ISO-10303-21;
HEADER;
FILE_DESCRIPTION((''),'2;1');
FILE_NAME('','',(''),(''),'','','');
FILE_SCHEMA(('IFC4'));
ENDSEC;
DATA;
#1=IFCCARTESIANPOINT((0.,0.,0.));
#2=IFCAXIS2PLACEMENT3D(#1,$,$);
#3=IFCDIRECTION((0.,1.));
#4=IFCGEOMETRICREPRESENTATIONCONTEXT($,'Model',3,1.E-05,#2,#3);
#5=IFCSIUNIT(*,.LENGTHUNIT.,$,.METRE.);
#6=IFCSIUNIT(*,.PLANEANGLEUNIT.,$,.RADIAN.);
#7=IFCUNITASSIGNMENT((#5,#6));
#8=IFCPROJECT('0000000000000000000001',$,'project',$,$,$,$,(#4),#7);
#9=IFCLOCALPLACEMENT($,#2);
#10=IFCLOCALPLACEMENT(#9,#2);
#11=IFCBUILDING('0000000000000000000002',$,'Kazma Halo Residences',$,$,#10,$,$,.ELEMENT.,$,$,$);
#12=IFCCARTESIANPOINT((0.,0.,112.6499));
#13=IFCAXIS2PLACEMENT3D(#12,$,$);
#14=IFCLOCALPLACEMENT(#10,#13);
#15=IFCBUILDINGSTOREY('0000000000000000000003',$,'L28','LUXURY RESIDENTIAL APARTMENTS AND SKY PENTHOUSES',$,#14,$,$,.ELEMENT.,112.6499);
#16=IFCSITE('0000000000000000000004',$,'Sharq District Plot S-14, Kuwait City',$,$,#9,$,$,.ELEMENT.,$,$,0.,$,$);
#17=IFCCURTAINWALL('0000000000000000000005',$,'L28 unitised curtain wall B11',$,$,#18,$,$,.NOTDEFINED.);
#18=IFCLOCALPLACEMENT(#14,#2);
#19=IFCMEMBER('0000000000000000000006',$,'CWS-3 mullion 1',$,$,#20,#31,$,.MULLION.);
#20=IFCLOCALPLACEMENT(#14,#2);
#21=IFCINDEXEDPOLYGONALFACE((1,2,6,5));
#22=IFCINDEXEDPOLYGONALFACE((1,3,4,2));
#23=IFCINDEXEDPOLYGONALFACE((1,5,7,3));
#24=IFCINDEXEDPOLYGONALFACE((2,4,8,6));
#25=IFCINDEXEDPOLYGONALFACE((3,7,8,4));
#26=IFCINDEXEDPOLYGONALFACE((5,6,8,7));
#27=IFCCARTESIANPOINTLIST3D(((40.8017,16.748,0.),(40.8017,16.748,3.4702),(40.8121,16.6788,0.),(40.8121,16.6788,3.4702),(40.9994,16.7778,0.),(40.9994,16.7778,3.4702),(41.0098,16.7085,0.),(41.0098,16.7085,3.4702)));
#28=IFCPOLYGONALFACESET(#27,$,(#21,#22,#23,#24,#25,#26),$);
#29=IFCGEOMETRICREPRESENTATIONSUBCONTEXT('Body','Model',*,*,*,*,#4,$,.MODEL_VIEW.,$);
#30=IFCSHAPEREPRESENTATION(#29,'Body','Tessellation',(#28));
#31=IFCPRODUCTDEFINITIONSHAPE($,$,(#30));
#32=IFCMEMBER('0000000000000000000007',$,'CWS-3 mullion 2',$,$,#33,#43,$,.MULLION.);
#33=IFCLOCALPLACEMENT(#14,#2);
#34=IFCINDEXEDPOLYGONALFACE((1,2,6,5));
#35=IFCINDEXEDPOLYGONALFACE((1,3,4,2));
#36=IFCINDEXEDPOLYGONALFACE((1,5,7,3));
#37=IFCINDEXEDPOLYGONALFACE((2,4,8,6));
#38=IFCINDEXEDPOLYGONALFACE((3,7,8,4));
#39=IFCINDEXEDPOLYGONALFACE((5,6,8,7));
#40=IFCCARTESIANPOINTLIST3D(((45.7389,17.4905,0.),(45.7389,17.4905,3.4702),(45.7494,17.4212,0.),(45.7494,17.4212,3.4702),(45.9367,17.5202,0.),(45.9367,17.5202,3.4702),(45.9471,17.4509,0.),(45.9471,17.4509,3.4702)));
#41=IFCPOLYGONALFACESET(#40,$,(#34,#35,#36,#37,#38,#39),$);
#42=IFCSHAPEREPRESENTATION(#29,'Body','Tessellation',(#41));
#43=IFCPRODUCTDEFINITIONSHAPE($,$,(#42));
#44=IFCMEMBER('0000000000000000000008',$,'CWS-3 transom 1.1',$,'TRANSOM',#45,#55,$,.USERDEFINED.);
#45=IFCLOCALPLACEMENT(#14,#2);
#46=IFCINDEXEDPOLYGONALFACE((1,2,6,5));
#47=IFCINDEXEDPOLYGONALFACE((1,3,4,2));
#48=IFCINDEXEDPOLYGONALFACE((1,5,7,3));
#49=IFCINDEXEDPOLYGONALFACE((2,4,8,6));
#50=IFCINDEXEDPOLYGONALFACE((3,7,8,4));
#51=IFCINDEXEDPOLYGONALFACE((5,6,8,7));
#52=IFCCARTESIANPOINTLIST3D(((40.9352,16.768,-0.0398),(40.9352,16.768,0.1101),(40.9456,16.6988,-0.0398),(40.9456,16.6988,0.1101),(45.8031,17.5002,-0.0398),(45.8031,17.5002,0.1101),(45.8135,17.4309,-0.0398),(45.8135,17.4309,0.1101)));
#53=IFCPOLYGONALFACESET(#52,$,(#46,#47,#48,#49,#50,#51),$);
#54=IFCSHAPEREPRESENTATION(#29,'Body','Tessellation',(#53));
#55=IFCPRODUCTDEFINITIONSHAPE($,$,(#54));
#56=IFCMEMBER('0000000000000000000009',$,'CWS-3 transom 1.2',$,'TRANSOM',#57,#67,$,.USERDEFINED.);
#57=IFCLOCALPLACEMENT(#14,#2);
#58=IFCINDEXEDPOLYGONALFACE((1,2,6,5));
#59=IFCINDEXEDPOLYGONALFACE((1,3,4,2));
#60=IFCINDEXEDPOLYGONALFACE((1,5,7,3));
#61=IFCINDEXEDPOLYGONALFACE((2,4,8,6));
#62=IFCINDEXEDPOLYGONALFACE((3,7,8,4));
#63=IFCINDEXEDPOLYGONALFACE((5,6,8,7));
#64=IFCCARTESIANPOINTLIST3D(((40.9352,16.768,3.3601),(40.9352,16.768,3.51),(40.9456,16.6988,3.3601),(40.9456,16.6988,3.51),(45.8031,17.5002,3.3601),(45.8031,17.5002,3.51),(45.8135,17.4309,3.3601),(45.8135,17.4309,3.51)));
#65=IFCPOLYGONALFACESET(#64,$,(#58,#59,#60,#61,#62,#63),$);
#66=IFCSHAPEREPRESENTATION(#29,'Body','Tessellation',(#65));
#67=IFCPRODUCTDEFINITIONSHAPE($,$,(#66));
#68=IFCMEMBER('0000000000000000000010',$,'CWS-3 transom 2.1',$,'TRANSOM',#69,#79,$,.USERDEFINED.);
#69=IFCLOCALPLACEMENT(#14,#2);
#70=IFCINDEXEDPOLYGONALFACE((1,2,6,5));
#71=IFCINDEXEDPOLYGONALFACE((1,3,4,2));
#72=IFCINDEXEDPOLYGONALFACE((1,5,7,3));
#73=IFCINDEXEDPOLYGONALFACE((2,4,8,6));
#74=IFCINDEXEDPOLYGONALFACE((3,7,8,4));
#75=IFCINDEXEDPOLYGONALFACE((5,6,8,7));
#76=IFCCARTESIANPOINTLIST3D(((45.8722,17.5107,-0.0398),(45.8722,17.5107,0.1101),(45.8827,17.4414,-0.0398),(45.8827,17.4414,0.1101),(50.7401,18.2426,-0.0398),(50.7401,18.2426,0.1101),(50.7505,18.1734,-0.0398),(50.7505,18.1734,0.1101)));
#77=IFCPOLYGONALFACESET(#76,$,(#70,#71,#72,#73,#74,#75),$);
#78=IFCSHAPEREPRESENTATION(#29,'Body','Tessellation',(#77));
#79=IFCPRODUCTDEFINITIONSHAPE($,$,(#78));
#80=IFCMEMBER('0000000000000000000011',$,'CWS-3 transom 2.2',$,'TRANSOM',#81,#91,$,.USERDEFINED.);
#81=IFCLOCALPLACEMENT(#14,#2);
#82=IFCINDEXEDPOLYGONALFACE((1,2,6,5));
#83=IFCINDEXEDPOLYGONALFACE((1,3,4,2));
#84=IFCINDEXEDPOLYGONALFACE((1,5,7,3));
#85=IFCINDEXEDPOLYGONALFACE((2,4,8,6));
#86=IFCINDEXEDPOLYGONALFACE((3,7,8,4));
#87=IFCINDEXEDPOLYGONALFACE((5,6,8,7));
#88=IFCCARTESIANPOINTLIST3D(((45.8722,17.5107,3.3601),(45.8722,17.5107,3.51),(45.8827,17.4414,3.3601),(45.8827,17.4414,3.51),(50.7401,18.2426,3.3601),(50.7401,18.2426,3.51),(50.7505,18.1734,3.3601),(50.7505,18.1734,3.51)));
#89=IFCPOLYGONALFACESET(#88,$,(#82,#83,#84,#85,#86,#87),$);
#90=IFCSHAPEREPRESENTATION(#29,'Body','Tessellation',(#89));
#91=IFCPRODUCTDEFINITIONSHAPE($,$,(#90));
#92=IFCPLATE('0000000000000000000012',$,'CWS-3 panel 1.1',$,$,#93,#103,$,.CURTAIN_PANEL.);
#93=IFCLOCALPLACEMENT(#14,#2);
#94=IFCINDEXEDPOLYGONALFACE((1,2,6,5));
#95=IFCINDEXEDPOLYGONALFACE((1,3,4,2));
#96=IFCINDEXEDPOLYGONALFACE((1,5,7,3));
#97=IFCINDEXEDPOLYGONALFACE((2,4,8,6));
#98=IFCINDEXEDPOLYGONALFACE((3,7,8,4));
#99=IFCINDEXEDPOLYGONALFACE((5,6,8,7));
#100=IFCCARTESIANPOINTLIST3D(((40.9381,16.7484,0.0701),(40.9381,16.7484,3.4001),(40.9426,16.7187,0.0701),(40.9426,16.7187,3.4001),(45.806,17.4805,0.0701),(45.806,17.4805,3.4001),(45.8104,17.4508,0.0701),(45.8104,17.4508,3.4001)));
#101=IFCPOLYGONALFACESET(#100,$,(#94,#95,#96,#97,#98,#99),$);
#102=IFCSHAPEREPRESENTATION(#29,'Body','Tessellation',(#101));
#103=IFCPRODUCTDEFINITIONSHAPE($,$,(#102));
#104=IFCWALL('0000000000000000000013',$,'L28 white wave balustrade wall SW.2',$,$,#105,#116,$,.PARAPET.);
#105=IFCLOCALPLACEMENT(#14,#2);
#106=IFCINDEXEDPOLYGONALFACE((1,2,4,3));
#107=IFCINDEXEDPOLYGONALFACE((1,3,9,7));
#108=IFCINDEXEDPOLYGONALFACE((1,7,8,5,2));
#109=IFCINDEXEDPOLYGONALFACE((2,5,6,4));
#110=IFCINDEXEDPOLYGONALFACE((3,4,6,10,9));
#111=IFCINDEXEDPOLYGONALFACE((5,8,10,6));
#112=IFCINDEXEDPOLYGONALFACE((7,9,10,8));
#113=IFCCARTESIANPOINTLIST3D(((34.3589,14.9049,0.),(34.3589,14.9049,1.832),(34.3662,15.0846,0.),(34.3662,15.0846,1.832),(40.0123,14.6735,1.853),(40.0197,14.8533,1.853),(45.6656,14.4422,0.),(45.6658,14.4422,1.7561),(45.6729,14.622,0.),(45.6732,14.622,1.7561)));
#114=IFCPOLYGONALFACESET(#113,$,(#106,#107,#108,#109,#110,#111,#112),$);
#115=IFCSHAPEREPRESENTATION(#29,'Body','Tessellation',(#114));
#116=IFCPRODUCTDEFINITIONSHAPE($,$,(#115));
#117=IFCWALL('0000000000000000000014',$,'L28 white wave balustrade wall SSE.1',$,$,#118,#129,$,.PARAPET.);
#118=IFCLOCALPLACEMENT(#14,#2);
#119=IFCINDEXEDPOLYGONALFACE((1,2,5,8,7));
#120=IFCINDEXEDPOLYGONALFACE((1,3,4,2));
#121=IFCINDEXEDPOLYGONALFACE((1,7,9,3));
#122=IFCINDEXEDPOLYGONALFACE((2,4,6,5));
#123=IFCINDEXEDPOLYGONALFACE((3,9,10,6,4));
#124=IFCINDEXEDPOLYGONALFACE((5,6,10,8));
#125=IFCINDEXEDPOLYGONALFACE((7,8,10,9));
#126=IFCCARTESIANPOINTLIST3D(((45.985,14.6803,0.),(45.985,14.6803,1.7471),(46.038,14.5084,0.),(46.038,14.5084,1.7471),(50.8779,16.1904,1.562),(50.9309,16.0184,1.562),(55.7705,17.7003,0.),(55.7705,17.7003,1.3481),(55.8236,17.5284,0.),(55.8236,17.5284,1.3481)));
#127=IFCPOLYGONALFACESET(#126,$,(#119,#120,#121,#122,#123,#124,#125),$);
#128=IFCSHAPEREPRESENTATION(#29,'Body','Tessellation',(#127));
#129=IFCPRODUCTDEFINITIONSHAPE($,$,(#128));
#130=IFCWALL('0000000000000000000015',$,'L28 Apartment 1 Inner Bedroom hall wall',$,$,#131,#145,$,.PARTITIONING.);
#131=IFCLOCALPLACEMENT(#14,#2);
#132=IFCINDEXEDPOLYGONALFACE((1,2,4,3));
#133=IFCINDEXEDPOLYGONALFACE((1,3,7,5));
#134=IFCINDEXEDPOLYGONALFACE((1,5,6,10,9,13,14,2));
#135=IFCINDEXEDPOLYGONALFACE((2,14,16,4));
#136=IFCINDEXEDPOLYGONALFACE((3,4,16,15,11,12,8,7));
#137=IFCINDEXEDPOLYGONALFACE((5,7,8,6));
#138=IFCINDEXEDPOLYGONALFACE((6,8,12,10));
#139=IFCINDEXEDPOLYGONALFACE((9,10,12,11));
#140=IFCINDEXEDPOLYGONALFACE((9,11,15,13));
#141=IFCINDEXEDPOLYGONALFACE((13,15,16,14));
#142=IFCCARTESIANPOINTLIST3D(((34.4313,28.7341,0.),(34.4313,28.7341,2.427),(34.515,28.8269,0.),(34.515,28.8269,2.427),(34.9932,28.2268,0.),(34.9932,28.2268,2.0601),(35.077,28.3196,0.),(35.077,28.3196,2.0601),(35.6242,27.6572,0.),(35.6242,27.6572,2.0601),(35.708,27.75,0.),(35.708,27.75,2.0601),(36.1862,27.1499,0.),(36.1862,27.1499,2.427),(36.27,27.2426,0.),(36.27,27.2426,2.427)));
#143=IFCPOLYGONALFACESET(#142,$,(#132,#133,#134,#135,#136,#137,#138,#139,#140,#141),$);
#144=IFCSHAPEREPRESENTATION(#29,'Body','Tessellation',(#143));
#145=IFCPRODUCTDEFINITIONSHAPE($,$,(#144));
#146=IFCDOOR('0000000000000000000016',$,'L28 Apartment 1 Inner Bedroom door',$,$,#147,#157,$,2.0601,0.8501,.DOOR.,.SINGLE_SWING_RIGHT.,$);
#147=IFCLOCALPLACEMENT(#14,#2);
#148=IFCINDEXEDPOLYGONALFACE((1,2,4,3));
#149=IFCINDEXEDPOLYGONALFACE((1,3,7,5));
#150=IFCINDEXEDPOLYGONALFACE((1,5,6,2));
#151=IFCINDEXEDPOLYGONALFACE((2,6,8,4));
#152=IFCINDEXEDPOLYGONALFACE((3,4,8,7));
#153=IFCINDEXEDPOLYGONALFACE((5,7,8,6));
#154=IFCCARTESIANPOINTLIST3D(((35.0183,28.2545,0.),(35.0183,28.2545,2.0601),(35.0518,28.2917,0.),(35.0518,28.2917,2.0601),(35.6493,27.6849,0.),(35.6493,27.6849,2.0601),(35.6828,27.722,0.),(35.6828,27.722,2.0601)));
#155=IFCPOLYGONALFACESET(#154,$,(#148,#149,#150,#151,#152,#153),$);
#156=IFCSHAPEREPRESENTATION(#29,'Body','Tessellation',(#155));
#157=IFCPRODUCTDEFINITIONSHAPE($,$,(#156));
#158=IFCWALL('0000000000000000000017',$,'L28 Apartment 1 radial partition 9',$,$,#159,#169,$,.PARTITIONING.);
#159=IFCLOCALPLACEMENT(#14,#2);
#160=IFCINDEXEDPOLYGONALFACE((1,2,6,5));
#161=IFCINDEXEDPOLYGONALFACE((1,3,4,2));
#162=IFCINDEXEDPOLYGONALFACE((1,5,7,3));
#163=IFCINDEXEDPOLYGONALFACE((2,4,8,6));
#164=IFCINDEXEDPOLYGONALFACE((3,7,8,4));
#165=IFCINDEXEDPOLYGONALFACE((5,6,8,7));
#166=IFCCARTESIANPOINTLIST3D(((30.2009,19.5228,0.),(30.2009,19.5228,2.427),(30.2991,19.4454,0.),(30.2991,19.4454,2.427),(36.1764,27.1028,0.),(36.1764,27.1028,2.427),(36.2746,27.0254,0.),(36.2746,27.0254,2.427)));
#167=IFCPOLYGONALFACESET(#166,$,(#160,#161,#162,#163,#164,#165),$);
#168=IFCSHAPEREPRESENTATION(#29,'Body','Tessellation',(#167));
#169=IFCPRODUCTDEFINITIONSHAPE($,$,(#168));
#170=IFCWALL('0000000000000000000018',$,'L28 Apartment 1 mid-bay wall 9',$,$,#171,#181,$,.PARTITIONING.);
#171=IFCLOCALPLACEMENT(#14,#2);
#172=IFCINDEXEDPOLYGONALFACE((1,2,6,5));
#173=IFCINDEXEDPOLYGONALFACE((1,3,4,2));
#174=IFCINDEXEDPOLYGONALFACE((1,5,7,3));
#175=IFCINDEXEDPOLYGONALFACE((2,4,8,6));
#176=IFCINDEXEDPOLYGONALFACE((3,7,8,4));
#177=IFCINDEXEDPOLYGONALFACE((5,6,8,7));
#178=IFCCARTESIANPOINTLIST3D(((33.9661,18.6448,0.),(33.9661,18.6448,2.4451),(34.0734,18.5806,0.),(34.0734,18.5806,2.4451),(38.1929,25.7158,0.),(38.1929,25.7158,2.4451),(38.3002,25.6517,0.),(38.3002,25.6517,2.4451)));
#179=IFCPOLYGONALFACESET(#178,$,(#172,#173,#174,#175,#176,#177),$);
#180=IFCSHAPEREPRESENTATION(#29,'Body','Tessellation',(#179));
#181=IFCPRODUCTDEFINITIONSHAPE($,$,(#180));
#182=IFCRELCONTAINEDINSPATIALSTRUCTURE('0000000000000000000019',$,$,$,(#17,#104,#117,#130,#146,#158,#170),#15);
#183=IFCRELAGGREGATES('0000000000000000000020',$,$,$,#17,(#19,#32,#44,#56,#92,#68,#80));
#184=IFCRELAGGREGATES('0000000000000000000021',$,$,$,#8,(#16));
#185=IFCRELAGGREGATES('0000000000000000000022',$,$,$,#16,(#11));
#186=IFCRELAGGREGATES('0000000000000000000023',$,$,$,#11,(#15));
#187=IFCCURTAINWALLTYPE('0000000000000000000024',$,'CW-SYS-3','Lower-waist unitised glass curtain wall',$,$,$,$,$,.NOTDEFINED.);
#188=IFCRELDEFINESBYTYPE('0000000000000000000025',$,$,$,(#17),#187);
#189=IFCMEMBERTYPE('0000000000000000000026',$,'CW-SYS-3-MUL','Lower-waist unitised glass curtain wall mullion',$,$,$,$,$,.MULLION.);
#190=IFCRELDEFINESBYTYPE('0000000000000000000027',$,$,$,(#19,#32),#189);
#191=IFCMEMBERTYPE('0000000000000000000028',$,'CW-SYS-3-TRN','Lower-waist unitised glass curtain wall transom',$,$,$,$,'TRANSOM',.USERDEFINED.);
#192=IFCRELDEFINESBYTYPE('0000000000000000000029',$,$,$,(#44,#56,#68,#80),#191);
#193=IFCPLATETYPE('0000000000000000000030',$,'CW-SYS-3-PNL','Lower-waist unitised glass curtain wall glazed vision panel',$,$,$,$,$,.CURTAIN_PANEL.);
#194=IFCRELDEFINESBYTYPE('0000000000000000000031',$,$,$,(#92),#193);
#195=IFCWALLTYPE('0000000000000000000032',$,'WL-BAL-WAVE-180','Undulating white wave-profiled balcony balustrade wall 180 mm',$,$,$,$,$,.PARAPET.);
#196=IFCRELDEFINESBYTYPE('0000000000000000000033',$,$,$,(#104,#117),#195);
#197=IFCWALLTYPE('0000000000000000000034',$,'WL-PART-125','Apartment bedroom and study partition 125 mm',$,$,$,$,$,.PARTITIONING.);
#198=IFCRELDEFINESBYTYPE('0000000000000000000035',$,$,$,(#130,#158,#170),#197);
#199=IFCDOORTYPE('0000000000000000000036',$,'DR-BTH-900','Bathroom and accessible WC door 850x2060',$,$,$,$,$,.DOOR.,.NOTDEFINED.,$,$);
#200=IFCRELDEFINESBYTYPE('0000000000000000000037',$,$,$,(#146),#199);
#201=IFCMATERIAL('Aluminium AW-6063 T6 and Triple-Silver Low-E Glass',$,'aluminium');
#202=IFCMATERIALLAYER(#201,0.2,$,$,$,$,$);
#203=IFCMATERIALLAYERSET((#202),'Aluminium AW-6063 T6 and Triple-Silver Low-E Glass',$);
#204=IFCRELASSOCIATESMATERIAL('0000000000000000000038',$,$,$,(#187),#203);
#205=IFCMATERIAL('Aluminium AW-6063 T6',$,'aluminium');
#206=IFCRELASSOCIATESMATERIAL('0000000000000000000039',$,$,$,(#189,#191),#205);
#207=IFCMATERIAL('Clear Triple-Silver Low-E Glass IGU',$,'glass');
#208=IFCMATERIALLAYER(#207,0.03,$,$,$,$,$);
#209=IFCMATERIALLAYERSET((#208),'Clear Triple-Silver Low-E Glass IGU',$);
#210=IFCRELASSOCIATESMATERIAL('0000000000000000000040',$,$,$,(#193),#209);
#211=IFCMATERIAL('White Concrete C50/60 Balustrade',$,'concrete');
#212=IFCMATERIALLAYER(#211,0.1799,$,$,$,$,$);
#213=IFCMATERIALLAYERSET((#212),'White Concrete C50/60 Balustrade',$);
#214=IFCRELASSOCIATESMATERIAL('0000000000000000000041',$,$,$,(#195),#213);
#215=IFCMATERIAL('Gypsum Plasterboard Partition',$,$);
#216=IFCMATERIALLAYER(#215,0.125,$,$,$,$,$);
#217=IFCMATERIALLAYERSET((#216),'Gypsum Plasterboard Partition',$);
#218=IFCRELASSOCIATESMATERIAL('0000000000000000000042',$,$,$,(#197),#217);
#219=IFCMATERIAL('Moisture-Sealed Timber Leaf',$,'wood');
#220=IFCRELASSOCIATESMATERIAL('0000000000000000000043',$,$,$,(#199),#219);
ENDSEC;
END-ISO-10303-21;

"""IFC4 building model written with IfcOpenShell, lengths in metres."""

from ifc_helpers import new_model, si_unit, direction, frame, frame_2d, origin, origin_2d, place, context, subcontext, project, spatial, polyline, rectangle, outline, extrude, material, layer, layer_set, material_profile, profile_set, type_object, element, fill, aggregate, save


model = new_model("IFC4")

# Units and contexts
model_context = context("Model", 3, precision=1e-05, world=origin(), true_north=direction((0.0, 1.0)))
body_context = subcontext(model_context, "Body", "Model", "MODEL_VIEW")
ifc_project = project(units=[si_unit("LENGTHUNIT", "METRE"), si_unit("PLANEANGLEUNIT", "RADIAN")], contexts=[model_context])

# Site, building, storey
site_placement = place(None, origin())
site = spatial("IfcSite", under=ifc_project, at=site_placement, Name="Sharq District Plot S-14, Kuwait City", CompositionType="ELEMENT", RefElevation=0.0)
building_placement = place(site_placement, origin())
building = spatial("IfcBuilding", under=site, at=building_placement, Name="Kazma Halo Residences", CompositionType="ELEMENT")
storey_placement = place(building_placement, frame((0.0, 0.0, 112.6499)))
storey = spatial("IfcBuildingStorey", under=building, at=storey_placement, Name="L28", Description="LUXURY RESIDENTIAL APARTMENTS AND SKY PENTHOUSES", CompositionType="ELEMENT", Elevation=112.6499)

# Curtain wall, members, plate
ifc_material_1 = material(Name="Aluminium AW-6063 T6 and Triple-Silver Low-E Glass", Category="aluminium")
ifc_layer_1 = layer(ifc_material_1, 0.2)
ifc_layer_set_1 = layer_set([ifc_layer_1], Name="Aluminium AW-6063 T6 and Triple-Silver Low-E Glass")
curtain_wall_type = type_object("IfcCurtainWallType", Name="CW-SYS-3", Description="Lower-waist unitised glass curtain wall", PredefinedType="NOTDEFINED", material=ifc_layer_set_1)
curtain_wall_placement = place(storey_placement, origin())
curtain_wall = element("IfcCurtainWall", 1, at=curtain_wall_placement, inside=storey, type_object=curtain_wall_type, Name="L28 unitised curtain wall B11", PredefinedType="NOTDEFINED")
ifc_material_2 = material(Name="Aluminium AW-6063 T6", Category="aluminium")
ifc_material_profile_1 = material_profile(ifc_material_2, rectangle(XDim=0.0701, YDim=0.2, at=origin_2d()), Name="CWM-70x200")
ifc_profile_set_1 = profile_set([ifc_material_profile_1], Name="Aluminium AW-6063 T6")
member_type_1 = type_object("IfcMemberType", Name="CW-SYS-3-MUL", Description="Lower-waist unitised glass curtain wall mullion", PredefinedType="MULLION", material=ifc_profile_set_1)
member_1_placement = place(storey_placement, frame((40.9058, 16.7283, 0.0), z_axis=(0.0, 0.0, 1.0), x_axis=(-0.148717, 0.98888, 0.0)))
member_1 = element("IfcMember", 2, at=member_1_placement, type_object=member_type_1, Name="CWS-3 mullion 1", PredefinedType="MULLION", context=body_context, shape_type="SweptSolid", body=[
    extrude(rectangle(XDim=0.0701, YDim=0.2, at=origin_2d()), origin(), (0.0, 0.0, 1.0), 3.4702),
])
member_2_placement = place(storey_placement, frame((45.843, 17.4707, 0.0), z_axis=(0.0, 0.0, 1.0), x_axis=(-0.148717, 0.98888, 0.0)))
member_2 = element("IfcMember", 3, at=member_2_placement, type_object=member_type_1, Name="CWS-3 mullion 2", PredefinedType="MULLION", context=body_context, shape_type="SweptSolid", body=[
    extrude(rectangle(XDim=0.0701, YDim=0.2, at=origin_2d()), origin(), (0.0, 0.0, 1.0), 3.4702),
])
ifc_material_profile_2 = material_profile(ifc_material_2, rectangle(XDim=0.0701, YDim=0.1499, at=origin_2d()), Name="CWT-70x150")
ifc_profile_set_2 = profile_set([ifc_material_profile_2], Name="Aluminium AW-6063 T6")
member_type_2 = type_object("IfcMemberType", Name="CW-SYS-3-TRN", Description="Lower-waist unitised glass curtain wall transom", ElementType="TRANSOM", PredefinedType="USERDEFINED", material=ifc_profile_set_2)
member_3_placement = place(storey_placement, frame((40.9404, 16.7334, 0.0352), z_axis=(0.988877, 0.148736, 0.0), x_axis=(-0.148736, 0.988877, 0.0)))
member_3 = element("IfcMember", 4, at=member_3_placement, type_object=member_type_2, Name="CWS-3 transom 1.1", ObjectType="TRANSOM", PredefinedType="USERDEFINED", context=body_context, shape_type="SweptSolid", body=[
    extrude(rectangle(XDim=0.0701, YDim=0.1499, at=origin_2d()), origin(), (0.0, 0.0, 1.0), 4.9226),
])
member_4_placement = place(storey_placement, frame((40.9404, 16.7334, 3.4351), z_axis=(0.988877, 0.148736, 0.0), x_axis=(-0.148736, 0.988877, 0.0)))
member_4 = element("IfcMember", 5, at=member_4_placement, type_object=member_type_2, Name="CWS-3 transom 1.2", ObjectType="TRANSOM", PredefinedType="USERDEFINED", context=body_context, shape_type="SweptSolid", body=[
    extrude(rectangle(XDim=0.0701, YDim=0.1499, at=origin_2d()), origin(), (0.0, 0.0, 1.0), 4.9226),
])
member_5_placement = place(storey_placement, frame((45.8774, 17.4761, 0.0352), z_axis=(0.988884, 0.148687, 0.0), x_axis=(-0.148687, 0.988884, 0.0)))
member_5 = element("IfcMember", 6, at=member_5_placement, type_object=member_type_2, Name="CWS-3 transom 2.1", ObjectType="TRANSOM", PredefinedType="USERDEFINED", context=body_context, shape_type="SweptSolid", body=[
    extrude(rectangle(XDim=0.0701, YDim=0.1499, at=origin_2d()), origin(), (0.0, 0.0, 1.0), 4.9226),
])
member_6_placement = place(storey_placement, frame((45.8774, 17.4761, 3.4351), z_axis=(0.988884, 0.148687, 0.0), x_axis=(-0.148687, 0.988884, 0.0)))
member_6 = element("IfcMember", 7, at=member_6_placement, type_object=member_type_2, Name="CWS-3 transom 2.2", ObjectType="TRANSOM", PredefinedType="USERDEFINED", context=body_context, shape_type="SweptSolid", body=[
    extrude(rectangle(XDim=0.0701, YDim=0.1499, at=origin_2d()), origin(), (0.0, 0.0, 1.0), 4.9226),
])
ifc_material_3 = material(Name="Clear Triple-Silver Low-E Glass IGU", Category="glass")
ifc_layer_2 = layer(ifc_material_3, 0.03)
ifc_layer_set_2 = layer_set([ifc_layer_2], Name="Clear Triple-Silver Low-E Glass IGU")
plate_type = type_object("IfcPlateType", Name="CW-SYS-3-PNL", Description="Lower-waist unitised glass curtain wall glazed vision panel", PredefinedType="CURTAIN_PANEL", material=ifc_layer_set_2)
plate_placement = place(storey_placement, frame((43.3743, 17.0996, 0.0701), z_axis=(0.0, 0.0, 1.0), x_axis=(0.98888, 0.148717, 0.0)))
plate = element("IfcPlate", 8, at=plate_placement, type_object=plate_type, Name="CWS-3 panel 1.1", PredefinedType="CURTAIN_PANEL", context=body_context, shape_type="SweptSolid", body=[
    extrude(rectangle(XDim=4.9226, YDim=0.03, at=origin_2d()), origin(), (0.0, 0.0, 1.0), 3.3301),
])
aggregate(curtain_wall, [member_1, member_2, member_3, member_4, plate, member_5, member_6])

# Walls
ifc_material_4 = material(Name="White Concrete C50/60 Balustrade", Category="concrete")
ifc_layer_3 = layer(ifc_material_4, 0.1799)
ifc_layer_set_3 = layer_set([ifc_layer_3], Name="White Concrete C50/60 Balustrade")
wall_type_1 = type_object("IfcWallType", Name="WL-BAL-WAVE-180", Description="Undulating white wave-profiled balcony balustrade wall 180 mm", PredefinedType="PARAPET", material=ifc_layer_set_3)
wall_1_placement = place(storey_placement, frame((34.3625, 14.9949, 0.0), z_axis=(0.0, 0.0, 1.0), x_axis=(0.999164, -0.040884, 0.0)))
element("IfcWall", 9, at=wall_1_placement, inside=storey, type_object=wall_type_1, Name="L28 white wave balustrade wall SW.2", PredefinedType="PARAPET", context=body_context, shape_type="SweptSolid", body=[
    extrude(outline(polyline([(0.0, 0.0), (11.3162, 0.0), (11.3164, 1.7561), (5.6582, 1.853), (0.0, 1.832), (0.0, 0.0)])), frame((0.0, 0.0898, 0.0), z_axis=(0.0, -1.0, 0.0), x_axis=(1.0, 0.0, 0.0)), (0.0, 0.0, 1.0), 0.1799),
])
wall_2_placement = place(storey_placement, frame((46.0115, 14.5945, 0.0), z_axis=(0.0, 0.0, 1.0), x_axis=(0.95553, 0.294893, 0.0)))
element("IfcWall", 10, at=wall_2_placement, inside=storey, type_object=wall_type_1, Name="L28 white wave balustrade wall SSE.1", PredefinedType="PARAPET", context=body_context, shape_type="SweptSolid", body=[
    extrude(outline(polyline([(0.0, 0.0), (10.241, 0.0), (10.241, 1.3481), (5.1206, 1.562), (0.0, 1.7471), (0.0, 0.0)])), frame((0.0, 0.0898, 0.0), z_axis=(0.0, -1.0, 0.0), x_axis=(1.0, 0.0, 0.0)), (0.0, 0.0, 1.0), 0.1799),
])

# Wall, opening, door
ifc_material_5 = material(Name="Gypsum Plasterboard Partition")
ifc_layer_4 = layer(ifc_material_5, 0.125)
ifc_layer_set_4 = layer_set([ifc_layer_4], Name="Gypsum Plasterboard Partition")
wall_type_2 = type_object("IfcWallType", Name="WL-PART-125", Description="Apartment bedroom and study partition 125 mm", PredefinedType="PARTITIONING", material=ifc_layer_set_4)
wall_3_placement = place(storey_placement, frame((34.4731, 28.7805, 0.0), z_axis=(0.0, 0.0, 1.0), x_axis=(0.742277, -0.670094, 0.0)))
wall_3 = element("IfcWall", 11, at=wall_3_placement, inside=storey, type_object=wall_type_2, Name="L28 Apartment 1 Inner Bedroom hall wall", PredefinedType="PARTITIONING", context=body_context, shape_type="SweptSolid", body=[
    extrude(rectangle(XDim=2.3643, YDim=0.125, at=frame_2d((1.1821, 0.0))), origin(), (0.0, 0.0, 1.0), 2.427),
])
opening_1_placement = place(wall_3_placement, frame((0.7571, 0.0, 0.0)))
opening_1 = element("IfcOpeningElement", 12, at=opening_1_placement, cuts=wall_3, PredefinedType="OPENING", context=body_context, shape_type="SweptSolid", body=[
    extrude(rectangle(XDim=0.8501, YDim=2.0601, at=frame_2d((0.425, 1.03))), frame((0.0, 0.0725, 0.0), z_axis=(0.0, -1.0, 0.0), x_axis=(1.0, 0.0, 0.0)), (0.0, 0.0, 1.0), 0.145),
])
ifc_material_6 = material(Name="Moisture-Sealed Timber Leaf", Category="wood")
door_type_1 = type_object("IfcDoorType", Name="DR-BTH-900", Description="Bathroom and accessible WC door 850x2060", OperationType="NOTDEFINED", PredefinedType="DOOR", material=ifc_material_6)
door_1_placement = place(opening_1_placement, origin())
door_1 = element("IfcDoor", 13, at=door_1_placement, inside=storey, type_object=door_type_1, Name="L28 Apartment 1 Inner Bedroom door", OperationType="SINGLE_SWING_RIGHT", OverallHeight=2.0601, OverallWidth=0.8501, PredefinedType="DOOR", context=body_context, shape_type="SweptSolid", body=[
    extrude(rectangle(XDim=0.8501, YDim=2.0601, at=frame_2d((0.425, 1.03))), frame((0.0, 0.0249, 0.0), z_axis=(0.0, -1.0, 0.0), x_axis=(1.0, 0.0, 0.0)), (0.0, 0.0, 1.0), 0.05),
])
fill(opening_1, door_1)

# Walls
wall_4_placement = place(storey_placement, frame((36.2256, 27.0642, 0.0), z_axis=(0.0, 0.0, 1.0), x_axis=(-0.61909, -0.78532, 0.0)))
element("IfcWall", 14, at=wall_4_placement, inside=storey, type_object=wall_type_2, Name="L28 Apartment 1 radial partition 9", PredefinedType="PARTITIONING", context=body_context, shape_type="SweptSolid", body=[
    extrude(rectangle(XDim=9.6521, YDim=0.125, at=frame_2d((4.8262, 0.0))), origin(), (0.0, 0.0, 1.0), 2.427),
])
wall_5_placement = place(storey_placement, frame((38.2466, 25.6838, 0.0), z_axis=(0.0, 0.0, 1.0), x_axis=(-0.513083, -0.858339, 0.0)))
element("IfcWall", 15, at=wall_5_placement, inside=storey, type_object=wall_type_2, Name="L28 Apartment 1 mid-bay wall 9", PredefinedType="PARTITIONING", context=body_context, shape_type="SweptSolid", body=[
    extrude(rectangle(XDim=8.238, YDim=0.125, at=frame_2d((4.1191, 0.0))), origin(), (0.0, 0.0, 1.0), 2.4451),
])

save(model, "model.ifc")
